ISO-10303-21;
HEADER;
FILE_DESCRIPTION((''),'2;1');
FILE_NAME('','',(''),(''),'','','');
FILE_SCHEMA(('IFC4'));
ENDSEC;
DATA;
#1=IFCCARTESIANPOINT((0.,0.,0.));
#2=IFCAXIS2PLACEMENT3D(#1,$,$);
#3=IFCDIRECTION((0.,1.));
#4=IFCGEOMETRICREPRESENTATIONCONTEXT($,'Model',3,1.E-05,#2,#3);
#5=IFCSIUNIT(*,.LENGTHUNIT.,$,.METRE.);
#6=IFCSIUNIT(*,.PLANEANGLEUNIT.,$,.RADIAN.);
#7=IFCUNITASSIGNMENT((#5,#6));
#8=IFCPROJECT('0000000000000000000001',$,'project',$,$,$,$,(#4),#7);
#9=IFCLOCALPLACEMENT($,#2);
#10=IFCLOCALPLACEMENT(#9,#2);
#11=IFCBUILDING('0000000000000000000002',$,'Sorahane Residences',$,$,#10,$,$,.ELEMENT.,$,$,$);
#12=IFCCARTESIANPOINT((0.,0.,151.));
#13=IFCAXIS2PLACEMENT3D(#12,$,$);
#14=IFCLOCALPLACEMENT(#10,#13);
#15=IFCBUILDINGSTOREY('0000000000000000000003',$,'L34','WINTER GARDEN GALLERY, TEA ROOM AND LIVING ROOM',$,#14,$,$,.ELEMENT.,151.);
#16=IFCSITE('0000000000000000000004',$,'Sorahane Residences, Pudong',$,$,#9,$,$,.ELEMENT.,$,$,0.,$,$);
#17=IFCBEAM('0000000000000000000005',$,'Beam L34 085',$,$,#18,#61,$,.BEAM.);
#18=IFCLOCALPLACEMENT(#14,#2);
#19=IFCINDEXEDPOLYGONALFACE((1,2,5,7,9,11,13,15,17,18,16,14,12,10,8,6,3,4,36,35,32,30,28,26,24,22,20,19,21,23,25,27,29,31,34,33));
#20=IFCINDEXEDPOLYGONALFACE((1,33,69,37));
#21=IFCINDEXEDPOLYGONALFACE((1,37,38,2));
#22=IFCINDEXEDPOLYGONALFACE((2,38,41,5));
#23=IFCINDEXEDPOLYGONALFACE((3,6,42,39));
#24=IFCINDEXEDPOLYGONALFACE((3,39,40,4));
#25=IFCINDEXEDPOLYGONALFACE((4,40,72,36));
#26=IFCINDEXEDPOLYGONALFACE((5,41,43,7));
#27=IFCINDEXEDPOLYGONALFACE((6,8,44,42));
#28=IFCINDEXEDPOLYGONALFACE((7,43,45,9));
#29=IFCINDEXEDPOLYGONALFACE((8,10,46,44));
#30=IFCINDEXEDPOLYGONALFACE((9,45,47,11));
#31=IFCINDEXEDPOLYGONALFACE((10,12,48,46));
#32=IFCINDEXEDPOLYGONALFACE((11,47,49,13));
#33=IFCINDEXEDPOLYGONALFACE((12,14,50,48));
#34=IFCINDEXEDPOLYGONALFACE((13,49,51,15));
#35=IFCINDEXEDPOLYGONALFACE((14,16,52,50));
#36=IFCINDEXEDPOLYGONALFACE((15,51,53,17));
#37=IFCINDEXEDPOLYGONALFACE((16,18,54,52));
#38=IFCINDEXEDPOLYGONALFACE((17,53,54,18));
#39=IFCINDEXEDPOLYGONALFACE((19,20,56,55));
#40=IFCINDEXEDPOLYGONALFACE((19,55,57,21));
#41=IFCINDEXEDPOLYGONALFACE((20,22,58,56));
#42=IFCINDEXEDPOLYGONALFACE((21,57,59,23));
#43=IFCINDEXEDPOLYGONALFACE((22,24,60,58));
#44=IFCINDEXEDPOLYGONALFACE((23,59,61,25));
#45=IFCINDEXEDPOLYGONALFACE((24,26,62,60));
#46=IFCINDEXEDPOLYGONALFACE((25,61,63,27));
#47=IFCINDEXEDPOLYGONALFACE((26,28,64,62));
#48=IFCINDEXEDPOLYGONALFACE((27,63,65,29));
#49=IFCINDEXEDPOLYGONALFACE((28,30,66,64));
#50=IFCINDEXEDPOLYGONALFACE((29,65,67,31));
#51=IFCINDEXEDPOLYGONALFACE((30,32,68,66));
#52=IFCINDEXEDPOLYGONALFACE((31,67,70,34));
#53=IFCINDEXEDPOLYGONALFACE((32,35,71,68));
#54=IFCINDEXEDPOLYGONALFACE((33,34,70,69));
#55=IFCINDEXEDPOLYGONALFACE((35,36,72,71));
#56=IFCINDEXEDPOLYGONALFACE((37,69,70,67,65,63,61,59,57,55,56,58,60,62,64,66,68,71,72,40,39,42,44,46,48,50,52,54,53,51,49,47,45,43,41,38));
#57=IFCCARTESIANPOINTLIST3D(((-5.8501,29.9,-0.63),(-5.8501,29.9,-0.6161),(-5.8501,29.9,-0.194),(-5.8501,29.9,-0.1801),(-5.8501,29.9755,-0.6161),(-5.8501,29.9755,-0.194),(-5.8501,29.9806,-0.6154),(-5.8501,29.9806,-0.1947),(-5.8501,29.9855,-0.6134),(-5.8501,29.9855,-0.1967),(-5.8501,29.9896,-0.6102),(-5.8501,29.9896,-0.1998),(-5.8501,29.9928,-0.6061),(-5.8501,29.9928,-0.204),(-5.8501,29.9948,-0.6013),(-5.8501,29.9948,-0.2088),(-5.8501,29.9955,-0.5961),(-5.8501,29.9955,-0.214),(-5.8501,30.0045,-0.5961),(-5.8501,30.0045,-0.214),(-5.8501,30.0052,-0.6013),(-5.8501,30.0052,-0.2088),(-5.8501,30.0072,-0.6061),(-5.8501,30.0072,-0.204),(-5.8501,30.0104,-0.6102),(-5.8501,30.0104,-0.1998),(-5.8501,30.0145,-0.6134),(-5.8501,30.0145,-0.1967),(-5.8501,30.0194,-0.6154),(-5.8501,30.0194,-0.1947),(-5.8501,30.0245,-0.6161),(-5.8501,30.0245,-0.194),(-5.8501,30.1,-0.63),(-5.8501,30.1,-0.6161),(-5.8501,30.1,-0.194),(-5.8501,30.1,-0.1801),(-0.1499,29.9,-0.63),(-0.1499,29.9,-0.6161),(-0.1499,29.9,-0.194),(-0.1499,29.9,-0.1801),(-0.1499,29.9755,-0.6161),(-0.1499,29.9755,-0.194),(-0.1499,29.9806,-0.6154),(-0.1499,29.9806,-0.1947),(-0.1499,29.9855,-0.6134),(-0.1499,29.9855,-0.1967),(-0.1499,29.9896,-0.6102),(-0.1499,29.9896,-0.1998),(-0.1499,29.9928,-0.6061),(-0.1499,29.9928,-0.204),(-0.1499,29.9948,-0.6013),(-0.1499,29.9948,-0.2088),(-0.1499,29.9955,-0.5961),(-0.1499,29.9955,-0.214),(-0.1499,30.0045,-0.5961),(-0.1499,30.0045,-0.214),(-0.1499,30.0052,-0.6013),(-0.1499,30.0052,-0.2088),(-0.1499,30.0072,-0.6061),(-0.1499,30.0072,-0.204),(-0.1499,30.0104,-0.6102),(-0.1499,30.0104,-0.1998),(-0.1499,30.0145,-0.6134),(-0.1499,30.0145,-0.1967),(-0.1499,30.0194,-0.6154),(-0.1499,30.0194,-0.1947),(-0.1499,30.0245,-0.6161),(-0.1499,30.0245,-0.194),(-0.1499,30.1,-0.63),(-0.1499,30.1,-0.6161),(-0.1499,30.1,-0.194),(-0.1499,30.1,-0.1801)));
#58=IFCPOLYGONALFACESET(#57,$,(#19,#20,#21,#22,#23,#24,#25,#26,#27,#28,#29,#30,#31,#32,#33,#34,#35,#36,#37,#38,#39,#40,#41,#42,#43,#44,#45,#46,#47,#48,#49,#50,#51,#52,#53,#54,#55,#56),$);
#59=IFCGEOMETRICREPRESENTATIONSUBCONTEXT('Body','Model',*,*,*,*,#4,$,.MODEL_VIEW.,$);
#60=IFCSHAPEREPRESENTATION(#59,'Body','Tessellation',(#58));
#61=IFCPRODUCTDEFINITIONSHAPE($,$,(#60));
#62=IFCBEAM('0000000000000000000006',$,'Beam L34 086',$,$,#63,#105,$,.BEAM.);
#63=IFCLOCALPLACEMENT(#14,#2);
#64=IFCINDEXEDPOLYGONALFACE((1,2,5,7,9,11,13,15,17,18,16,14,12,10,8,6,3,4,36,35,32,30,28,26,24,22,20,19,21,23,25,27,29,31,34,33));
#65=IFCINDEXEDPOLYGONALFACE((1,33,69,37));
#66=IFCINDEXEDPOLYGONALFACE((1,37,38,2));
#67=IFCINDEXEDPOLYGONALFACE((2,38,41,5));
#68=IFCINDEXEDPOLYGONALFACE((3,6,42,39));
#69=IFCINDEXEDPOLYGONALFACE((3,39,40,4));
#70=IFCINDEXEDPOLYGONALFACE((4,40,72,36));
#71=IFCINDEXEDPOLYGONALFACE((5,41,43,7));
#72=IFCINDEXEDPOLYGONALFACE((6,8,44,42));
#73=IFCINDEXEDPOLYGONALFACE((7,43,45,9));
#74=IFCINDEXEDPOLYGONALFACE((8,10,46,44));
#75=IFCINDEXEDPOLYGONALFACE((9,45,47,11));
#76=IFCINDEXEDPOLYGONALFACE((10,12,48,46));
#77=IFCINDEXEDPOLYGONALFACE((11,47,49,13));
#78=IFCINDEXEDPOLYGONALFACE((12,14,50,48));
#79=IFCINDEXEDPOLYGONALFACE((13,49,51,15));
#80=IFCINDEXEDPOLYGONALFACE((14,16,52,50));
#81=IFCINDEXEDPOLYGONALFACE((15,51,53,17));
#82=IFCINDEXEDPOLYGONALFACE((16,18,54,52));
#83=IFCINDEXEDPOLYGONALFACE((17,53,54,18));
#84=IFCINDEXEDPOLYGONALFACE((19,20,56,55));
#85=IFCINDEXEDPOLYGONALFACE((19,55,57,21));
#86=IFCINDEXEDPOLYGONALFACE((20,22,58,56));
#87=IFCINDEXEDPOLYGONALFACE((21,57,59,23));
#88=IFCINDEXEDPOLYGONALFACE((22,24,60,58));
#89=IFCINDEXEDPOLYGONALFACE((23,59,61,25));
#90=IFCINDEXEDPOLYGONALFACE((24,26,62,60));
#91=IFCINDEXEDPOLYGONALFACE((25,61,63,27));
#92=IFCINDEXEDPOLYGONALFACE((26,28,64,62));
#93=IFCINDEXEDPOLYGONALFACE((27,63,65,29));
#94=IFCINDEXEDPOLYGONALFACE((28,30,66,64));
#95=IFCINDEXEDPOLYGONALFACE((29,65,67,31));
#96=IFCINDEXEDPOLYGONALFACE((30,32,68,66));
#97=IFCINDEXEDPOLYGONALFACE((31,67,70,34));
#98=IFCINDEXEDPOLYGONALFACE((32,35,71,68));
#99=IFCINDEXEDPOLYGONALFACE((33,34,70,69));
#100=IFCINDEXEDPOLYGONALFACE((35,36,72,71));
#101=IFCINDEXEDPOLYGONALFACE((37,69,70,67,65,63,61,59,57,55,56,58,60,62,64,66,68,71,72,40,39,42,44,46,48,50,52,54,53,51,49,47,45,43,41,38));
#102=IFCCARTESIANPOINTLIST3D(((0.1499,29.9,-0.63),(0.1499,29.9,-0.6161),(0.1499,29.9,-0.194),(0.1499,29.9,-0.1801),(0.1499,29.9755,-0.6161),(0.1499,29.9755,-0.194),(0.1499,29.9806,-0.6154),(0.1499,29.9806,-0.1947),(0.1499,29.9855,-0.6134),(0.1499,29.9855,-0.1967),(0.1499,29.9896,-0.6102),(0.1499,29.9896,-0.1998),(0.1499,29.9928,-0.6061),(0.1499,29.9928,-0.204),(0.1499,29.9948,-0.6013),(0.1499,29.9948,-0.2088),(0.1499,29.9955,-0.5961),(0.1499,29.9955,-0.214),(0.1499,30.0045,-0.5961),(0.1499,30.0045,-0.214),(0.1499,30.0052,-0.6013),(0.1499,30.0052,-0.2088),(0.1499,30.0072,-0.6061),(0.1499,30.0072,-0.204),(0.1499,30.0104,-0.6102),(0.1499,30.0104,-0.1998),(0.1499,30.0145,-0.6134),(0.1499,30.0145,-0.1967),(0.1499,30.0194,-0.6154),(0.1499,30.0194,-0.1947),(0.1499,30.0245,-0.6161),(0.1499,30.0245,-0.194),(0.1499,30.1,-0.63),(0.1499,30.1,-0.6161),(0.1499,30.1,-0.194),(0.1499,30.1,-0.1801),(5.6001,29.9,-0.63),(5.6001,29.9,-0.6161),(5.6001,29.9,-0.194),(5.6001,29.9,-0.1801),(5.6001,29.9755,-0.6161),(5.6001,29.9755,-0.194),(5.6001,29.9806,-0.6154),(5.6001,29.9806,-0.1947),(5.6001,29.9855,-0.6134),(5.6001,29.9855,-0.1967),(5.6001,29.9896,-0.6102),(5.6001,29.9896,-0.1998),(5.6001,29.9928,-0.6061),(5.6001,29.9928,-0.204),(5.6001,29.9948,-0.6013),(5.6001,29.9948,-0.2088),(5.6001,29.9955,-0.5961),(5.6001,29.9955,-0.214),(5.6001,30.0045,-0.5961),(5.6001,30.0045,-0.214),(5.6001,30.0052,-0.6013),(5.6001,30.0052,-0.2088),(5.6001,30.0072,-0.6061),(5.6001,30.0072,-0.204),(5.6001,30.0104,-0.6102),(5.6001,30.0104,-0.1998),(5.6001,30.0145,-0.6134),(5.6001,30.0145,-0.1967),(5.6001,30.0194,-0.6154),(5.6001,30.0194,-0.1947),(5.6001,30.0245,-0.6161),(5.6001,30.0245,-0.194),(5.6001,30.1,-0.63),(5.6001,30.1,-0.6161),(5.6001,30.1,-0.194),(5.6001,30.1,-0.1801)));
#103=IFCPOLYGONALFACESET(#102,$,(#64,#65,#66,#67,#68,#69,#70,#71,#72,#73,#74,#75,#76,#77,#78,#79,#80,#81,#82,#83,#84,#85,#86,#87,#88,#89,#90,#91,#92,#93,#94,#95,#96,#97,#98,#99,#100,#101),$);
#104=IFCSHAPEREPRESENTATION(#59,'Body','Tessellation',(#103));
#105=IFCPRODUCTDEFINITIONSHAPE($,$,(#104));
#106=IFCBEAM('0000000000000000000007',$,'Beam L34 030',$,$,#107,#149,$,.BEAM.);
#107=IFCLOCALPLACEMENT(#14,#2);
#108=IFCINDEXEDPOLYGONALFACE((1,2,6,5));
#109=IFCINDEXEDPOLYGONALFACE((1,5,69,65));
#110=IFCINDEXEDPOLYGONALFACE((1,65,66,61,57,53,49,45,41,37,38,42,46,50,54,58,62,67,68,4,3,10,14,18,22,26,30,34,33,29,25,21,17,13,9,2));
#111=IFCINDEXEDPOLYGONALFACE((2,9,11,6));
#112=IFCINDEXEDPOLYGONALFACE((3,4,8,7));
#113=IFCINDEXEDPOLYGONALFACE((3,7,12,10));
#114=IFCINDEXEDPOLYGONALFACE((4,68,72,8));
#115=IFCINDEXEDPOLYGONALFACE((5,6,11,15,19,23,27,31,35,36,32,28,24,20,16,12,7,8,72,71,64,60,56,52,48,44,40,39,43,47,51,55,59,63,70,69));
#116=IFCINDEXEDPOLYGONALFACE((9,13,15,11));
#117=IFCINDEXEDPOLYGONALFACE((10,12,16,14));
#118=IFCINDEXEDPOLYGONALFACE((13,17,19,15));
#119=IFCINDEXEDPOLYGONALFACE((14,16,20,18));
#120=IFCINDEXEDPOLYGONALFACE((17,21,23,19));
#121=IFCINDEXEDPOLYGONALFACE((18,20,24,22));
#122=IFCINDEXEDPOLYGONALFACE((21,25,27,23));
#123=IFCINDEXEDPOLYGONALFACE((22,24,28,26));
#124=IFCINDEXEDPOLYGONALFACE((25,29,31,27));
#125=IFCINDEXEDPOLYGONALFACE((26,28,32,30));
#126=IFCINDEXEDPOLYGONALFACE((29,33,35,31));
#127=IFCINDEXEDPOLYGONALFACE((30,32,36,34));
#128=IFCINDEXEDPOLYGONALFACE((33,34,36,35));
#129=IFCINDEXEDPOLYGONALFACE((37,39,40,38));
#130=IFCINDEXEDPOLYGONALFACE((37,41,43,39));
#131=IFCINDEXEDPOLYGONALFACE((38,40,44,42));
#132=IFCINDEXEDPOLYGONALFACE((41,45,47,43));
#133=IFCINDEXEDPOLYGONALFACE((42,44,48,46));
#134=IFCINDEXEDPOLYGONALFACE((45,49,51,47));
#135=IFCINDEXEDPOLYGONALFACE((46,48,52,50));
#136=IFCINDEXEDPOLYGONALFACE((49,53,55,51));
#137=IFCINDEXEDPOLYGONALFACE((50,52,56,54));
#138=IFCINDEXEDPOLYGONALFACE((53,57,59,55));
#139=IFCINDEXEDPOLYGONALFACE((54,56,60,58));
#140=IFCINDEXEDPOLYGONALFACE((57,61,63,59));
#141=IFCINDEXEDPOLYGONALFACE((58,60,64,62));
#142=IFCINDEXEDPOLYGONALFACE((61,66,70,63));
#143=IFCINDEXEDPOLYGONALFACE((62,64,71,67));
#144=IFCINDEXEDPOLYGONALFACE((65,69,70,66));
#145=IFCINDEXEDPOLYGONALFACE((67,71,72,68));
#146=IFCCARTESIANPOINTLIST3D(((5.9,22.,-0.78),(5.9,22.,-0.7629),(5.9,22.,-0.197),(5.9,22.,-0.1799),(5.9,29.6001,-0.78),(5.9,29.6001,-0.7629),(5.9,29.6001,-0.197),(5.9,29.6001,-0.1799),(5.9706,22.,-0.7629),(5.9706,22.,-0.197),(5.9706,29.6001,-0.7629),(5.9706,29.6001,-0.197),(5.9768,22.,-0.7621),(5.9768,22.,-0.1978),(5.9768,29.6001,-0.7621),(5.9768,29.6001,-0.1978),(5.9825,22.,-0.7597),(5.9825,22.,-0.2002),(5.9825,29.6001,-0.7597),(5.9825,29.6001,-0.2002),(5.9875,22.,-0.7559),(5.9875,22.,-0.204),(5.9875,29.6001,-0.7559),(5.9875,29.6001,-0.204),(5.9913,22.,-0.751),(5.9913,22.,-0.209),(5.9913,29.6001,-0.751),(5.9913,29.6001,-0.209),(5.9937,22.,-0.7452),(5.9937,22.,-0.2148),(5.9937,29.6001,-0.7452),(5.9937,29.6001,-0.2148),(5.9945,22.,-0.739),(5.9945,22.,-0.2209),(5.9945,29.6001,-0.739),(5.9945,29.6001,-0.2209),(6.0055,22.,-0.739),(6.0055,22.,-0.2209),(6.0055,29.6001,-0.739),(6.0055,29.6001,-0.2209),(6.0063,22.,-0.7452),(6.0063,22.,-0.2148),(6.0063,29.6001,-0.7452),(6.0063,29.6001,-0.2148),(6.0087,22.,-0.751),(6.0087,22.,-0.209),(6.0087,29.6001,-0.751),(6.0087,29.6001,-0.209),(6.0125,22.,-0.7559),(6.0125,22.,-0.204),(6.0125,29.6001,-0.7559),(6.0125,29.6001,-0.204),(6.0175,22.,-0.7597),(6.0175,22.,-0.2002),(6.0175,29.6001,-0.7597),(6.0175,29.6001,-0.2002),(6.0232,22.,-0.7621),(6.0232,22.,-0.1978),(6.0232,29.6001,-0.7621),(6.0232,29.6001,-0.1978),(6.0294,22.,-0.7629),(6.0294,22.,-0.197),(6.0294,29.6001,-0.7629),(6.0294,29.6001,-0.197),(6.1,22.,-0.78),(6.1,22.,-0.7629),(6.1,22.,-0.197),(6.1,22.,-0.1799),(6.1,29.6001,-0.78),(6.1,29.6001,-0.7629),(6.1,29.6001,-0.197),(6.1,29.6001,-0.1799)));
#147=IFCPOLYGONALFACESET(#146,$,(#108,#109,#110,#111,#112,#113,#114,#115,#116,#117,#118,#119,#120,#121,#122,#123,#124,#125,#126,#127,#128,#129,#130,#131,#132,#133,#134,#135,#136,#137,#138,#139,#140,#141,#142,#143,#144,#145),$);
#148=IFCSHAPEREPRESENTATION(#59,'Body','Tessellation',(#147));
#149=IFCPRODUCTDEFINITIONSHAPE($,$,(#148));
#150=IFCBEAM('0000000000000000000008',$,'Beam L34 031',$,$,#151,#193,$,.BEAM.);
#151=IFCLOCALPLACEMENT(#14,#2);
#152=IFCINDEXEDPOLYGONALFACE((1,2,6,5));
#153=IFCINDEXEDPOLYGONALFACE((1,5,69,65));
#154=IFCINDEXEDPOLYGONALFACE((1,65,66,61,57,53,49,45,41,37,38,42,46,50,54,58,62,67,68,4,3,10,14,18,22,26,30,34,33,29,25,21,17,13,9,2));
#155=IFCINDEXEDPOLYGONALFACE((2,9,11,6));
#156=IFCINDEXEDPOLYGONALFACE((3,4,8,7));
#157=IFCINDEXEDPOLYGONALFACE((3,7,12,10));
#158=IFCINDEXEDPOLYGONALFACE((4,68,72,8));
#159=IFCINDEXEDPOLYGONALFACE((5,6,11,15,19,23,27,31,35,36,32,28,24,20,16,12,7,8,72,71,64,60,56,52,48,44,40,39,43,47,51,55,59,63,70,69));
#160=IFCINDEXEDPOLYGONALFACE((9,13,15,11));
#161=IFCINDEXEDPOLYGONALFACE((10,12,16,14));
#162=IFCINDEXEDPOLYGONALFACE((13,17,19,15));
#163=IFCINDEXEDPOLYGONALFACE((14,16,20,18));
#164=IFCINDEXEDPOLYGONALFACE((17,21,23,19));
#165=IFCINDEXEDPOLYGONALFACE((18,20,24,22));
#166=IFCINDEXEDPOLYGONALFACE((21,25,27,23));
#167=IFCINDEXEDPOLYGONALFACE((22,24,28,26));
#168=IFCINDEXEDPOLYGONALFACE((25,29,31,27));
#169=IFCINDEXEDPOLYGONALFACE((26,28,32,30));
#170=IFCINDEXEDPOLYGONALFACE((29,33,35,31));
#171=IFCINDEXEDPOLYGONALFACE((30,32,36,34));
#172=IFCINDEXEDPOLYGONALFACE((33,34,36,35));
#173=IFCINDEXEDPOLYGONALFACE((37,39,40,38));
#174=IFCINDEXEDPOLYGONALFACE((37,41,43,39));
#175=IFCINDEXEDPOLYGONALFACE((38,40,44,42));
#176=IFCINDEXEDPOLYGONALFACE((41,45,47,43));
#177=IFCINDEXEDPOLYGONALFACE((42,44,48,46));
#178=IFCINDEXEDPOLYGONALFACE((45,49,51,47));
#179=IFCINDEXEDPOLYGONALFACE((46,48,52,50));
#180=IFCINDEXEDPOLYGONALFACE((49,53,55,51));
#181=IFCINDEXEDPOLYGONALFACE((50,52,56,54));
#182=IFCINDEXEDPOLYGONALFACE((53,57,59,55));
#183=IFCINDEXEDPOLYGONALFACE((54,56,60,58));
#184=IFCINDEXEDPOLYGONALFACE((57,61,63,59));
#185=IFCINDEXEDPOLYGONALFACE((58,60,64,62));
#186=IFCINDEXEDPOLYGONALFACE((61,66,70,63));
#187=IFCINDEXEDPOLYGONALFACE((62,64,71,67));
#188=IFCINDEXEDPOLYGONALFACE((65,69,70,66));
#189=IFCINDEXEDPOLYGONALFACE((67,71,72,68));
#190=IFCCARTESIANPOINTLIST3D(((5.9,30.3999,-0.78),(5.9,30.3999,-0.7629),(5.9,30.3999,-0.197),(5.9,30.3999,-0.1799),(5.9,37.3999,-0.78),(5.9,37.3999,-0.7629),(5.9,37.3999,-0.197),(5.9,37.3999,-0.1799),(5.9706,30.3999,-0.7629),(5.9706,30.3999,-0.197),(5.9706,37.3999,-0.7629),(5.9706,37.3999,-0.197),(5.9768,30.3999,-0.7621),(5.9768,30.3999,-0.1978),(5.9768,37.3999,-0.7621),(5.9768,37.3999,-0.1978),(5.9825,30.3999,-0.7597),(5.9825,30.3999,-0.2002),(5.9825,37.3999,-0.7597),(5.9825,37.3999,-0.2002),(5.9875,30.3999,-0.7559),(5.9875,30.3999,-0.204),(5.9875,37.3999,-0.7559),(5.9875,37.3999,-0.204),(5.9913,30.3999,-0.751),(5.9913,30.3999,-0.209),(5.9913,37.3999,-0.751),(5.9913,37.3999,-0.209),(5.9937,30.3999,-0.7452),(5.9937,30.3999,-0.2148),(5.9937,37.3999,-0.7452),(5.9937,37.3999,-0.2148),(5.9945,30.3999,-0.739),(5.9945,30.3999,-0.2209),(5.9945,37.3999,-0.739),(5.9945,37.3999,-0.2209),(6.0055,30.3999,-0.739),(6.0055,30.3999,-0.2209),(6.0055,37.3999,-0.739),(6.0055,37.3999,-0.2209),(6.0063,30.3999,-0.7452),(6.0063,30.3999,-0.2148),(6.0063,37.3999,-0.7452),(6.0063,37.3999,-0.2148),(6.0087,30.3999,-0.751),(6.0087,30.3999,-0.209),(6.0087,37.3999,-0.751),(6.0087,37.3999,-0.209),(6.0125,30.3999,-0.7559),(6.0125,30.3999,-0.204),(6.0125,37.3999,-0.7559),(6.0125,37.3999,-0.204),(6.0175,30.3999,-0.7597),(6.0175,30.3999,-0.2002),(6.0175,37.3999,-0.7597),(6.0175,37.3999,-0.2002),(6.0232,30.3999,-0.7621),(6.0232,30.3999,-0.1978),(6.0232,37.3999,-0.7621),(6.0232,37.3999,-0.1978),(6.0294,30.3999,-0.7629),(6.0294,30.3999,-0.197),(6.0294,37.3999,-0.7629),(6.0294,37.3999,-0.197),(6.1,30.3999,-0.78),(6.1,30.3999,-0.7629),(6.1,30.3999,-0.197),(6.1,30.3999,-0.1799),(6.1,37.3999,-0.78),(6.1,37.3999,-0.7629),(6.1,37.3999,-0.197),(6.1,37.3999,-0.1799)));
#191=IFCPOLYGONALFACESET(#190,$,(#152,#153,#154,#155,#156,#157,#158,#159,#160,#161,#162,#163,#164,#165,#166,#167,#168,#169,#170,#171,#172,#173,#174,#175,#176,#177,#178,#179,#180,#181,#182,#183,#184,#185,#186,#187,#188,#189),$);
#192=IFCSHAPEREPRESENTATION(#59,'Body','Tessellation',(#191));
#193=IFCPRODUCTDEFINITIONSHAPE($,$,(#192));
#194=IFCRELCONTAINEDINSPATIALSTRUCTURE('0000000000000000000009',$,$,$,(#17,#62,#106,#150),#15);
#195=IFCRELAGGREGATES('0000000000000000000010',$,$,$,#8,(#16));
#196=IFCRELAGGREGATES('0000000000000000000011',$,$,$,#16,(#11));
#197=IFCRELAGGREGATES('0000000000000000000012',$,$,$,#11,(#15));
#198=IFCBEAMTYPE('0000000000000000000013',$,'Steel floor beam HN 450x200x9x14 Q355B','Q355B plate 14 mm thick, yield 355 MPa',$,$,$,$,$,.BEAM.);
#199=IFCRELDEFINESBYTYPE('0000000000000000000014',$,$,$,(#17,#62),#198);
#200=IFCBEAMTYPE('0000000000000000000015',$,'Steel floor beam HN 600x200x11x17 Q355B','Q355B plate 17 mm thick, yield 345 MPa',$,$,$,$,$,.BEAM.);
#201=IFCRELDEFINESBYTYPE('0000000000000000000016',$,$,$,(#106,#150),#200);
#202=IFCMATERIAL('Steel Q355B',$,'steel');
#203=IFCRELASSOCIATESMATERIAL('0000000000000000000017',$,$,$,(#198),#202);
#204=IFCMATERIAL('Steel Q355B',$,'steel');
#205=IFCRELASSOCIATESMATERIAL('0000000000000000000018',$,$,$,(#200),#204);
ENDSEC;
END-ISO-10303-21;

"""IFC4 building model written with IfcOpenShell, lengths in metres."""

from ifc_helpers import new_model, si_unit, direction, frame, origin, origin_2d, place, context, subcontext, project, spatial, i_section, extrude, material, material_profile, profile_set, type_object, element, save


model = new_model("IFC4")

# Units and contexts
model_context = context("Model", 3, precision=1e-05, world=origin(), true_north=direction((0.0, 1.0)))
body_context = subcontext(model_context, "Body", "Model", "MODEL_VIEW")
ifc_project = project(units=[si_unit("LENGTHUNIT", "METRE"), si_unit("PLANEANGLEUNIT", "RADIAN")], contexts=[model_context])

# Site, building, storey
site_placement = place(None, origin())
site = spatial("IfcSite", under=ifc_project, at=site_placement, Name="Sorahane Residences, Pudong", CompositionType="ELEMENT", RefElevation=0.0)
building_placement = place(site_placement, origin())
building = spatial("IfcBuilding", under=site, at=building_placement, Name="Sorahane Residences", CompositionType="ELEMENT")
storey_placement = place(building_placement, frame((0.0, 0.0, 151.0)))
storey = spatial("IfcBuildingStorey", under=building, at=storey_placement, Name="L34", Description="WINTER GARDEN GALLERY, TEA ROOM AND LIVING ROOM", CompositionType="ELEMENT", Elevation=151.0)

# Beams
ifc_material_1 = material(Name="Steel Q355B", Category="steel")
ifc_material_profile_1 = material_profile(ifc_material_1, i_section(OverallWidth=0.2, OverallDepth=0.45, WebThickness=0.009, FlangeThickness=0.0139, FilletRadius=0.02, at=origin_2d()), Name="HN 450x200x9x14")
ifc_profile_set_1 = profile_set([ifc_material_profile_1], Name="Steel Q355B")
beam_type_1 = type_object("IfcBeamType", Name="Steel floor beam HN 450x200x9x14 Q355B", Description="Q355B plate 14 mm thick, yield 355 MPa", PredefinedType="BEAM", material=ifc_profile_set_1)
beam_1_placement = place(storey_placement, frame((-5.8501, 30.0, -0.405), z_axis=(1.0, 0.0, 0.0), x_axis=(0.0, 1.0, 0.0)))
element("IfcBeam", 1, at=beam_1_placement, inside=storey, type_object=beam_type_1, Name="Beam L34 085", PredefinedType="BEAM", context=body_context, shape_type="SweptSolid", body=[
    extrude(i_section(OverallWidth=0.2, OverallDepth=0.45, WebThickness=0.009, FlangeThickness=0.0139, FilletRadius=0.02, at=origin_2d()), origin(), (0.0, 0.0, 1.0), 5.7002),
])
beam_2_placement = place(storey_placement, frame((0.1499, 30.0, -0.405), z_axis=(1.0, 0.0, 0.0), x_axis=(0.0, 1.0, 0.0)))
element("IfcBeam", 2, at=beam_2_placement, inside=storey, type_object=beam_type_1, Name="Beam L34 086", PredefinedType="BEAM", context=body_context, shape_type="SweptSolid", body=[
    extrude(i_section(OverallWidth=0.2, OverallDepth=0.45, WebThickness=0.009, FlangeThickness=0.0139, FilletRadius=0.02, at=origin_2d()), origin(), (0.0, 0.0, 1.0), 5.4502),
])
ifc_material_2 = material(Name="Steel Q355B", Category="steel")
ifc_material_profile_2 = material_profile(ifc_material_2, i_section(OverallWidth=0.2, OverallDepth=0.6001, WebThickness=0.011, FlangeThickness=0.0171, FilletRadius=0.0239, at=origin_2d()), Name="HN 600x200x11x17")
ifc_profile_set_2 = profile_set([ifc_material_profile_2], Name="Steel Q355B")
beam_type_2 = type_object("IfcBeamType", Name="Steel floor beam HN 600x200x11x17 Q355B", Description="Q355B plate 17 mm thick, yield 345 MPa", PredefinedType="BEAM", material=ifc_profile_set_2)
beam_3_placement = place(storey_placement, frame((6.0, 22.0, -0.48), z_axis=(0.0, 1.0, 0.0), x_axis=(-1.0, 0.0, 0.0)))
element("IfcBeam", 3, at=beam_3_placement, inside=storey, type_object=beam_type_2, Name="Beam L34 030", PredefinedType="BEAM", context=body_context, shape_type="SweptSolid", body=[
    extrude(i_section(OverallWidth=0.2, OverallDepth=0.6001, WebThickness=0.011, FlangeThickness=0.0171, FilletRadius=0.0239, at=origin_2d()), origin(), (0.0, 0.0, 1.0), 7.6001),
])
beam_4_placement = place(storey_placement, frame((6.0, 30.3999, -0.48), z_axis=(0.0, 1.0, 0.0), x_axis=(-1.0, 0.0, 0.0)))
element("IfcBeam", 4, at=beam_4_placement, inside=storey, type_object=beam_type_2, Name="Beam L34 031", PredefinedType="BEAM", context=body_context, shape_type="SweptSolid", body=[
    extrude(i_section(OverallWidth=0.2, OverallDepth=0.6001, WebThickness=0.011, FlangeThickness=0.0171, FilletRadius=0.0239, at=origin_2d()), origin(), (0.0, 0.0, 1.0), 7.0),
])

save(model, "model.ifc")
